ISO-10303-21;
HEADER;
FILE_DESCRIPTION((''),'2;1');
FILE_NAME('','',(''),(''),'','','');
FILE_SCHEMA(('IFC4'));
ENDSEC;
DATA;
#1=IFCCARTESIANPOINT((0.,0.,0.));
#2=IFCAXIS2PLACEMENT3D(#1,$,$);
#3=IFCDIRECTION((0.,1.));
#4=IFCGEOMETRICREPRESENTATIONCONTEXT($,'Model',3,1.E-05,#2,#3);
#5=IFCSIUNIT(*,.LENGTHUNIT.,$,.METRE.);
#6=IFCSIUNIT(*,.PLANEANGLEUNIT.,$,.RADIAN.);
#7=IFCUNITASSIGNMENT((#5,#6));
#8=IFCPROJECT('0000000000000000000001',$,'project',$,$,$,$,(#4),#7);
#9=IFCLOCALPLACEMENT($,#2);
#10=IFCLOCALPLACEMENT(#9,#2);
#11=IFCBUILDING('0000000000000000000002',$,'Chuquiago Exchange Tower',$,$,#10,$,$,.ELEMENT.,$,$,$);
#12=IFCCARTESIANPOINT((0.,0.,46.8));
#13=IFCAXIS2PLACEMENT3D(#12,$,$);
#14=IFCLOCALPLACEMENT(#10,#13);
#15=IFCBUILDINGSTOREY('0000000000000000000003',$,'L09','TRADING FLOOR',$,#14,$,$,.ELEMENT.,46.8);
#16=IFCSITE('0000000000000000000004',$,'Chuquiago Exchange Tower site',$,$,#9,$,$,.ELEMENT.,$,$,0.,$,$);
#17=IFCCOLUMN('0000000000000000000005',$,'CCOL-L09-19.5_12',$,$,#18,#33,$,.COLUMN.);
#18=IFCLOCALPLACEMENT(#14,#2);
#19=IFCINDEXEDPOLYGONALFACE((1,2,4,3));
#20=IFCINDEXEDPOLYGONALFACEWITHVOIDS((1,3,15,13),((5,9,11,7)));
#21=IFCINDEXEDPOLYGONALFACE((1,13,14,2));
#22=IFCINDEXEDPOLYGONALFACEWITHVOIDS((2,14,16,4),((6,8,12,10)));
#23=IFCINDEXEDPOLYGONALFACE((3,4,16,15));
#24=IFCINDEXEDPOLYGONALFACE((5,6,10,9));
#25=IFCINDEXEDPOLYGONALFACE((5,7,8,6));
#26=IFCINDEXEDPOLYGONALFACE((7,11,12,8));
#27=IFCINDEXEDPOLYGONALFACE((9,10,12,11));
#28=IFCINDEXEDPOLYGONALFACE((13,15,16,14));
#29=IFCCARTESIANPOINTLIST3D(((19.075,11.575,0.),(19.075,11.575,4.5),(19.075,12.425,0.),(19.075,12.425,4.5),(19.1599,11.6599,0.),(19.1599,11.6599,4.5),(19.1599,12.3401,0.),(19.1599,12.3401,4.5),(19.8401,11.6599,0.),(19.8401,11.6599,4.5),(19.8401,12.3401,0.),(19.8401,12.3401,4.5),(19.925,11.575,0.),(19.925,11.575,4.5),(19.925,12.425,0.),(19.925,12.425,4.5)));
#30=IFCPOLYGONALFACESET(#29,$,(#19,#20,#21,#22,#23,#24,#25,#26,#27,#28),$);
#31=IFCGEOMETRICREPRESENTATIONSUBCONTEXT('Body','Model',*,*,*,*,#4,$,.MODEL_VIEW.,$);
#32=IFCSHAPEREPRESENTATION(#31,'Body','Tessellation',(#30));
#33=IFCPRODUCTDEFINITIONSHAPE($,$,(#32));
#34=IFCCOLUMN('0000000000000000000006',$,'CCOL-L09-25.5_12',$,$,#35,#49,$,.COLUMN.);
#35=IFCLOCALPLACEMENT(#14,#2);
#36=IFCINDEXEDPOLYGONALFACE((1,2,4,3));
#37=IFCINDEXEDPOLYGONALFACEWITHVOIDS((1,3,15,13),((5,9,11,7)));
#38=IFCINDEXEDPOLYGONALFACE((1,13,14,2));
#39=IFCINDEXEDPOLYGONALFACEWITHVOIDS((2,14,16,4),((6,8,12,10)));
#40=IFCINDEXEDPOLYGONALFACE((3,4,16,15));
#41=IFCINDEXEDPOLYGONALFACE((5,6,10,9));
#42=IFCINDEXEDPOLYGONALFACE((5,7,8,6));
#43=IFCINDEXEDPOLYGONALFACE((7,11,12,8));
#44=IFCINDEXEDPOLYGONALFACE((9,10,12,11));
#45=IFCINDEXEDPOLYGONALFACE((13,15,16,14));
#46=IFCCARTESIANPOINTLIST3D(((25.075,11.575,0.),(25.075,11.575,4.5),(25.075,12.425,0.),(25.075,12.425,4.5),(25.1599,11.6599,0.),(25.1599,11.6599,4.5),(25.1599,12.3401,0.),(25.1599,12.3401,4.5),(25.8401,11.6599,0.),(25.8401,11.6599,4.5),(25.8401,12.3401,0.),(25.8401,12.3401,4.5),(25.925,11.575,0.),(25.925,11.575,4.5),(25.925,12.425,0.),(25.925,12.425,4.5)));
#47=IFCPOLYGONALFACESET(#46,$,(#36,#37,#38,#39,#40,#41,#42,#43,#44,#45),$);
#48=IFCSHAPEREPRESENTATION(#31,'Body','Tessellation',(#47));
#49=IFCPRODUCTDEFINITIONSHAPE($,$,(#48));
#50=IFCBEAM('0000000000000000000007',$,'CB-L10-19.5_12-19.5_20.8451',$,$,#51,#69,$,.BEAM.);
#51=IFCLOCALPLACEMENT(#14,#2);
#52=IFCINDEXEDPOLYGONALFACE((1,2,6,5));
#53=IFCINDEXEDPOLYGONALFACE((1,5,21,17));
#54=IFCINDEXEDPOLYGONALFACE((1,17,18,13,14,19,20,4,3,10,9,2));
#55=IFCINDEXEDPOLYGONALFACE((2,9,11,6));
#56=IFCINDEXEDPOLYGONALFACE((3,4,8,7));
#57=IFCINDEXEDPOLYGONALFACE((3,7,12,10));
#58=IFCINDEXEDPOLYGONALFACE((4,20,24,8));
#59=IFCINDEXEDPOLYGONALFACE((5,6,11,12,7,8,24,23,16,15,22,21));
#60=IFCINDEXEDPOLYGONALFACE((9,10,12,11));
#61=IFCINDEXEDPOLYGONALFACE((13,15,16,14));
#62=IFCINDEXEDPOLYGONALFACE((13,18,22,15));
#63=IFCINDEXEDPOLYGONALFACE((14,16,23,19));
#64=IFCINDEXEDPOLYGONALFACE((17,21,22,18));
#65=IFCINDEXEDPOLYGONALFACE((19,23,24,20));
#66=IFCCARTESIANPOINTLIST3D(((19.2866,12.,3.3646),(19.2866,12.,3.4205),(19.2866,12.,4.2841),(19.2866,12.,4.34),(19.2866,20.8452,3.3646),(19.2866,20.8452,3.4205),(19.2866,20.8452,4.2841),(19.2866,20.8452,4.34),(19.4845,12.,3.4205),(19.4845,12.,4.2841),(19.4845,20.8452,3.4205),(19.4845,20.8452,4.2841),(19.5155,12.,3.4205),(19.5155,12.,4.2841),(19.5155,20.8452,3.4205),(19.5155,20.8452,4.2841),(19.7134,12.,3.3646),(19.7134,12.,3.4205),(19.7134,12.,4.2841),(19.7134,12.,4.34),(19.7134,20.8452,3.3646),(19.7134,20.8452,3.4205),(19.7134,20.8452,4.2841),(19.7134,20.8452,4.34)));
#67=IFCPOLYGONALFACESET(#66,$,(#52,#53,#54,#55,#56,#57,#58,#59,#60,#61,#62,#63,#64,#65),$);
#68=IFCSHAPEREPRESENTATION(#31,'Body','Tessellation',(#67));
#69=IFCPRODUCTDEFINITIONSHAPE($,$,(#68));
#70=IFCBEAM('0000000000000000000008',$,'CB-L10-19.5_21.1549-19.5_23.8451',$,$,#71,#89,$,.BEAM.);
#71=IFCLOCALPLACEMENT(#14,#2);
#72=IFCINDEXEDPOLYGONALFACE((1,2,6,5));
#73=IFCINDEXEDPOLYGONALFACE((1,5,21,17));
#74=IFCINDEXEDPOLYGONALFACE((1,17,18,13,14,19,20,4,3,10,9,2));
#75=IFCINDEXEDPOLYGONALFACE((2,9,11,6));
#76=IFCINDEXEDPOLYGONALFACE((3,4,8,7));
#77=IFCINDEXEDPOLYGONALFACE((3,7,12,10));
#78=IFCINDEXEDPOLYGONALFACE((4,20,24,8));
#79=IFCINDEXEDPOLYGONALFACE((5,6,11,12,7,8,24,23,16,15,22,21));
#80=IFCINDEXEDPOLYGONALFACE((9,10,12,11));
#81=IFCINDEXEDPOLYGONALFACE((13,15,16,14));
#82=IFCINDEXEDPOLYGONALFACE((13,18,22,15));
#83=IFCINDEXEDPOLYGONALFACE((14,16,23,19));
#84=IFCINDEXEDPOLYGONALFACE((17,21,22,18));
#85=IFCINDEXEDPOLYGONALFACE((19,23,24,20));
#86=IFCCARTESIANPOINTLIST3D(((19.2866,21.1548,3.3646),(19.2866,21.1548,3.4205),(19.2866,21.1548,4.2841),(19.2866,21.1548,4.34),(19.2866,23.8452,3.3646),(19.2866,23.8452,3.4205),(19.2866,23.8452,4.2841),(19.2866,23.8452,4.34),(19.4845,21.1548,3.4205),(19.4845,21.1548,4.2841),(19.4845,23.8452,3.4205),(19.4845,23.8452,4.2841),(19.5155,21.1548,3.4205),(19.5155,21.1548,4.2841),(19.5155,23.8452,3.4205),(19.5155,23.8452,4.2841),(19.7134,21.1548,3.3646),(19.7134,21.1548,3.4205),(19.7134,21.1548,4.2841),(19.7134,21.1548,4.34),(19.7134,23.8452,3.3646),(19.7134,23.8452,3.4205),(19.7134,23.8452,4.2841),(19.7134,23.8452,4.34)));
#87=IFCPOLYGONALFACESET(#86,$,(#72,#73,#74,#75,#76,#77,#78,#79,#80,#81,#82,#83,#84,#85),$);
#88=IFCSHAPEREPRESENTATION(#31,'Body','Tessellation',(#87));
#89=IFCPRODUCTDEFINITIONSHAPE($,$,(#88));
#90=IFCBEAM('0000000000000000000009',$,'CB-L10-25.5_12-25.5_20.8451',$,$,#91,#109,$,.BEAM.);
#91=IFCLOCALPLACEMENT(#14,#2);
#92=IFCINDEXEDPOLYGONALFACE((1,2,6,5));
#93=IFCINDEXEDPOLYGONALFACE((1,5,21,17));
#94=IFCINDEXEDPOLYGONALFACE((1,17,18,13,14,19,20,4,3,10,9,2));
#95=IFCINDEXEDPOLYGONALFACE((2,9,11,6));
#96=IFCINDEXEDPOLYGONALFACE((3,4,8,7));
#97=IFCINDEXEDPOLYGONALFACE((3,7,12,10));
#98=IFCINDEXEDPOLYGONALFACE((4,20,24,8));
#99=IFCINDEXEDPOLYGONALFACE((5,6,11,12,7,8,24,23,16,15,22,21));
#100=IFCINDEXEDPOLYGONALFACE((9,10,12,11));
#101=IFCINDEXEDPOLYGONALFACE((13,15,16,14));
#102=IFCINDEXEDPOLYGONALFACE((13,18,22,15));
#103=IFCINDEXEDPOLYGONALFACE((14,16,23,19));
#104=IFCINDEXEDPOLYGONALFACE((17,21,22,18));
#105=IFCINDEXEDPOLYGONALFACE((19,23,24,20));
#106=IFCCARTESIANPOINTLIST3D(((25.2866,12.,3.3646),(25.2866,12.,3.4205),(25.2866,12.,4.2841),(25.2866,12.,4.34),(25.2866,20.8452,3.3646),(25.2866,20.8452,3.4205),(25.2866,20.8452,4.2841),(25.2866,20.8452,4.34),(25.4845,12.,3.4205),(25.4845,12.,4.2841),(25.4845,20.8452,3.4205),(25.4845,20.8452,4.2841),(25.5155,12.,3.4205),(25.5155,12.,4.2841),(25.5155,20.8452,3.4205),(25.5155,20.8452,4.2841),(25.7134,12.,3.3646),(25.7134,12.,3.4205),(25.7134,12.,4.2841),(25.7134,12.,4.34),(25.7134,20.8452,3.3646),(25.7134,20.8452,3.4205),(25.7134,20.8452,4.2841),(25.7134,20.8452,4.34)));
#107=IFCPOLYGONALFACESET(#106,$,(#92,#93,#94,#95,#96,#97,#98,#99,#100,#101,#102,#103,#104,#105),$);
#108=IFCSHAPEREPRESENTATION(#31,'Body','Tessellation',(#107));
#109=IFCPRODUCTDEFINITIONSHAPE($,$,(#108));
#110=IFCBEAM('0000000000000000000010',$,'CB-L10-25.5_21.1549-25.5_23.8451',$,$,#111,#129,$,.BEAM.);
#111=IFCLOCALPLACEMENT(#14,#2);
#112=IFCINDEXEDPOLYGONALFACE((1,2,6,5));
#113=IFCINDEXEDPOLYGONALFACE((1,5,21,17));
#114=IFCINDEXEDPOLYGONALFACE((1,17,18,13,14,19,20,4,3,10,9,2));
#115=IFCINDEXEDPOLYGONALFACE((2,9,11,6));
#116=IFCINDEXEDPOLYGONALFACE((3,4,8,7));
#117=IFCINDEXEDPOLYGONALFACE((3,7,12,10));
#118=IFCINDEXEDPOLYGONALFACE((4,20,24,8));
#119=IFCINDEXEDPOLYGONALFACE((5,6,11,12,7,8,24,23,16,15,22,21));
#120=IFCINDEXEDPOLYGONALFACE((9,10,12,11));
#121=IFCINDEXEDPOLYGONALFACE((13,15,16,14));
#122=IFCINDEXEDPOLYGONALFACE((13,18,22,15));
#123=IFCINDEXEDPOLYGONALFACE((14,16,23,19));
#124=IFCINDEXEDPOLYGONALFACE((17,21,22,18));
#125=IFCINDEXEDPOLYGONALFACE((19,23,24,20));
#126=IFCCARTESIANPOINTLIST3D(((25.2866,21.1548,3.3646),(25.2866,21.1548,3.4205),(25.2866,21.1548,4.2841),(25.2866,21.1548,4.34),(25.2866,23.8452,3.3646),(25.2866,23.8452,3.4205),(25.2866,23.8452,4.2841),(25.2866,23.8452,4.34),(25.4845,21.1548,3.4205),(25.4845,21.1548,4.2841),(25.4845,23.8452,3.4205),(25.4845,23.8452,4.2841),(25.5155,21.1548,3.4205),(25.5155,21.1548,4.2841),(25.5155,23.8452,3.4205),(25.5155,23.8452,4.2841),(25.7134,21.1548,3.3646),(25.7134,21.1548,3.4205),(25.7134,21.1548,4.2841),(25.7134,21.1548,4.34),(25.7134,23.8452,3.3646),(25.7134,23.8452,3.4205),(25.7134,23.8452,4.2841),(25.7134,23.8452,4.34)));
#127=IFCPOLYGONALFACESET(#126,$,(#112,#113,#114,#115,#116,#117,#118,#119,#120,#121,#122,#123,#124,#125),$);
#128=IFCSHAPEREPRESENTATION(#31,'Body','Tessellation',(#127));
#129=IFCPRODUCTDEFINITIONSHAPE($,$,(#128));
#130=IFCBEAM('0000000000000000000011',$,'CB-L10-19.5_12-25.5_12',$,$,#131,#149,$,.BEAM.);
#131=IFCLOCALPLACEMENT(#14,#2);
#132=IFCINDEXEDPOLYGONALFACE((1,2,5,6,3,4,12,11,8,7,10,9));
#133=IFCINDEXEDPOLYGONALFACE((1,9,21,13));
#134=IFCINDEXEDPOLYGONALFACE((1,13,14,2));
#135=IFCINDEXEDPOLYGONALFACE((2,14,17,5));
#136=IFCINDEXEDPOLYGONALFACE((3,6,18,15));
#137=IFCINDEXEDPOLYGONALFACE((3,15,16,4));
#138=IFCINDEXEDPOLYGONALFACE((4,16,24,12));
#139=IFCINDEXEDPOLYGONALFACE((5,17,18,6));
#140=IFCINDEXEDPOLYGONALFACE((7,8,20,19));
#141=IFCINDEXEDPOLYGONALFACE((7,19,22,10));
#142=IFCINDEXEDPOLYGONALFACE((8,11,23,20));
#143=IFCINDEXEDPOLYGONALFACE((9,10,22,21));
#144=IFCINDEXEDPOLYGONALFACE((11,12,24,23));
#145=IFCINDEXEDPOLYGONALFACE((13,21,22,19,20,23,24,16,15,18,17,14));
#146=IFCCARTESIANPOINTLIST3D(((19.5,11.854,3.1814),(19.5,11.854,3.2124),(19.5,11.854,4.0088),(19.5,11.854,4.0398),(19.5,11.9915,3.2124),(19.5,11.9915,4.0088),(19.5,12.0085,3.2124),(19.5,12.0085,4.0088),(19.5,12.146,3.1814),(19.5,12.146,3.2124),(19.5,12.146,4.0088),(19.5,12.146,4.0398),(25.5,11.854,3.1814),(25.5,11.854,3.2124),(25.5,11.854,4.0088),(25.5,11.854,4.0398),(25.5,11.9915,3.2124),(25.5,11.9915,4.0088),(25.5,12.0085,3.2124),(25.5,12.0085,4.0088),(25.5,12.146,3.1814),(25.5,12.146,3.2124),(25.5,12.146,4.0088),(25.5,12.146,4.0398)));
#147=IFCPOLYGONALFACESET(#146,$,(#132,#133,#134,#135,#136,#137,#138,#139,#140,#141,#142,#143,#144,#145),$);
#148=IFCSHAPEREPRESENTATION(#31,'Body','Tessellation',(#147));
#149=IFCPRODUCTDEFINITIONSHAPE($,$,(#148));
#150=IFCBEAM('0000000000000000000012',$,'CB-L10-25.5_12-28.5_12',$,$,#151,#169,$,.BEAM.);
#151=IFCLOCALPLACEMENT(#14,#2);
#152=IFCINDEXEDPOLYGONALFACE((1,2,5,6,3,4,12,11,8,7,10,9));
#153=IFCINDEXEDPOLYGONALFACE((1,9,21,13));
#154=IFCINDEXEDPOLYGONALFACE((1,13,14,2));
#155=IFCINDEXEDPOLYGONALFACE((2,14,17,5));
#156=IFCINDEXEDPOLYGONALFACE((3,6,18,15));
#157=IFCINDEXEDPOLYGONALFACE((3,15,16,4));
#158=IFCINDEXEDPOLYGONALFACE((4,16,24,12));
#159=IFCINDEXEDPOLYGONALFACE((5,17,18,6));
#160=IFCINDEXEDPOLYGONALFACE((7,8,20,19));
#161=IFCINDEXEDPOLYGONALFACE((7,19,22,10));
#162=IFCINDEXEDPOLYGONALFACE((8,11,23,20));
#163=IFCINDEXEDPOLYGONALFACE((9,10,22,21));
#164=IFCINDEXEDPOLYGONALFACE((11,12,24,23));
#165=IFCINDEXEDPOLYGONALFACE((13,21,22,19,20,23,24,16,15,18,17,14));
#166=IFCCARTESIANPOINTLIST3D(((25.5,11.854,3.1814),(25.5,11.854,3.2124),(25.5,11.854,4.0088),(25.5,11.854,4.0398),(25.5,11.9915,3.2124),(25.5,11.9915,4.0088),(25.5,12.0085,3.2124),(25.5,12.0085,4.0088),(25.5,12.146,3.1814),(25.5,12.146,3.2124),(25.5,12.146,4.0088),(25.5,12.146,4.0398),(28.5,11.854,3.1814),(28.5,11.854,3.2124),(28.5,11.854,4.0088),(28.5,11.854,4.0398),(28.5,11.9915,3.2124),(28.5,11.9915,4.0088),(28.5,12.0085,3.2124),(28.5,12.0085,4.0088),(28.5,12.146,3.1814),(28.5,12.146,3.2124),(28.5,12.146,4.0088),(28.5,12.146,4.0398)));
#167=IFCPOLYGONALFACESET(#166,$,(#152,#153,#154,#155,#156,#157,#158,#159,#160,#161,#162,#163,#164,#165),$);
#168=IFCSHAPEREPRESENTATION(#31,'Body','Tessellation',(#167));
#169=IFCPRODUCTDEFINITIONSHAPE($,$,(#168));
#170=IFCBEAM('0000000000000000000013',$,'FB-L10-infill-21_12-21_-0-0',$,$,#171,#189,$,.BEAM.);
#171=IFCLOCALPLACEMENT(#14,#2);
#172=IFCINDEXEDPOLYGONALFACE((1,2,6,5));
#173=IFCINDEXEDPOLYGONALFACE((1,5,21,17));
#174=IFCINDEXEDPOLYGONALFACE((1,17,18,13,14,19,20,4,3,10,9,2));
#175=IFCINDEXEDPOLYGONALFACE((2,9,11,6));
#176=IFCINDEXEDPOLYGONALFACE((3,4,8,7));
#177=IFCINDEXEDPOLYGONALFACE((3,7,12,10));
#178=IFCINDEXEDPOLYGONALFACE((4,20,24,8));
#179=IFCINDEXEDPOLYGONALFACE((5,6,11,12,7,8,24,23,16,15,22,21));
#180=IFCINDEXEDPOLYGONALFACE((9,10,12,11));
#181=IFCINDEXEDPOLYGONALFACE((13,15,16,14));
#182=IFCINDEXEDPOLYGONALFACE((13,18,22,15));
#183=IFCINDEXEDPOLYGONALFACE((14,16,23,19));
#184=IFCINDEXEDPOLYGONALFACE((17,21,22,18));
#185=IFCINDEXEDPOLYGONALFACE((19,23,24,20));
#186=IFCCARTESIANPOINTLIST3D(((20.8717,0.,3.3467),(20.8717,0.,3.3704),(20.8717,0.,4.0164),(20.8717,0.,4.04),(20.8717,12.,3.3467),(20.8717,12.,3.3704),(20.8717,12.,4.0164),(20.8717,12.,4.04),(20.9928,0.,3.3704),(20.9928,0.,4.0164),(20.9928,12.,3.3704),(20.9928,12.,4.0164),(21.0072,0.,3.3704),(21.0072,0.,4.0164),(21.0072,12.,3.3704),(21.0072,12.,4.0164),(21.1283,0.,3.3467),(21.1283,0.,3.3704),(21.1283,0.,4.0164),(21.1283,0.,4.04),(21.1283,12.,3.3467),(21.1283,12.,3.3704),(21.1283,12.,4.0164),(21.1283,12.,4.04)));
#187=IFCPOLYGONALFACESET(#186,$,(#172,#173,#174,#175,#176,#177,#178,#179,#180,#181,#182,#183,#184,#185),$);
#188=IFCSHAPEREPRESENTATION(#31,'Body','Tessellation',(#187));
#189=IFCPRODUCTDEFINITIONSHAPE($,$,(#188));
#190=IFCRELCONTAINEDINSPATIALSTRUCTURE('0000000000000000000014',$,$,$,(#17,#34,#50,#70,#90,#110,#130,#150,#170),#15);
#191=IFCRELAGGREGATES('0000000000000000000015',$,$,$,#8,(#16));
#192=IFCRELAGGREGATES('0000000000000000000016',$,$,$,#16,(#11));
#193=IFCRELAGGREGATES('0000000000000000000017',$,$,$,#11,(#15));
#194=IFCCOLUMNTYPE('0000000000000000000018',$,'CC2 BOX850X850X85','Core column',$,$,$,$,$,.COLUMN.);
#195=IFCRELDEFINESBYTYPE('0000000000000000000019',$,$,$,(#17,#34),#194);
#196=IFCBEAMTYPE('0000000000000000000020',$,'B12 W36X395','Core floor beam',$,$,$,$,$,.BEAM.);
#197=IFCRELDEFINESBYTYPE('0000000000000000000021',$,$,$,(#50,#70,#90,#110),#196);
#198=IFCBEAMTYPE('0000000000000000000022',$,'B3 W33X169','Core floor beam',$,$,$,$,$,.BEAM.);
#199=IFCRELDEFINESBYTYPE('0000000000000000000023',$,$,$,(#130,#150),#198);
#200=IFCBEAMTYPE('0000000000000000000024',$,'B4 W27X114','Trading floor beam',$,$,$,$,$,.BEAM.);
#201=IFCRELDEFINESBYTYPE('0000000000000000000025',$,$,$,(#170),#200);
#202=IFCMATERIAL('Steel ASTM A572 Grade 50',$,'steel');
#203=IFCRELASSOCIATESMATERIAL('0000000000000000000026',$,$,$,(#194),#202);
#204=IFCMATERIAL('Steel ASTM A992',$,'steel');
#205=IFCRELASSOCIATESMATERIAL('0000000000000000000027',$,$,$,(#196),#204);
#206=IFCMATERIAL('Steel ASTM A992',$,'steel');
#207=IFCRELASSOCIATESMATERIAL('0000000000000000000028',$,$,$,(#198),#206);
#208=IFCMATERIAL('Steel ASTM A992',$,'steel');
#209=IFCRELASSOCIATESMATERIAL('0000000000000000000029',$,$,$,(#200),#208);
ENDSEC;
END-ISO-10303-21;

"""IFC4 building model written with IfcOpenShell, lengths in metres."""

from ifc_helpers import new_model, si_unit, direction, frame, origin, origin_2d, place, context, subcontext, project, spatial, hollow_rectangle, i_section, extrude, material, material_profile, profile_set, type_object, element, save


model = new_model("IFC4")

# Units and contexts
model_context = context("Model", 3, precision=1e-05, world=origin(), true_north=direction((0.0, 1.0)))
body_context = subcontext(model_context, "Body", "Model", "MODEL_VIEW")
ifc_project = project(units=[si_unit("LENGTHUNIT", "METRE"), si_unit("PLANEANGLEUNIT", "RADIAN")], contexts=[model_context])

# Site, building, storey
site_placement = place(None, origin())
site = spatial("IfcSite", under=ifc_project, at=site_placement, Name="Chuquiago Exchange Tower site", CompositionType="ELEMENT", RefElevation=0.0)
building_placement = place(site_placement, origin())
building = spatial("IfcBuilding", under=site, at=building_placement, Name="Chuquiago Exchange Tower", CompositionType="ELEMENT")
storey_placement = place(building_placement, frame((0.0, 0.0, 46.8)))
storey = spatial("IfcBuildingStorey", under=building, at=storey_placement, Name="L09", Description="TRADING FLOOR", CompositionType="ELEMENT", Elevation=46.8)

# Columns
ifc_material_1 = material(Name="Steel ASTM A572 Grade 50", Category="steel")
ifc_material_profile_1 = material_profile(ifc_material_1, hollow_rectangle(XDim=0.8501, YDim=0.8501, WallThickness=0.085, at=origin_2d()), Name="BOX850X850X85")
ifc_profile_set_1 = profile_set([ifc_material_profile_1], Name="Steel ASTM A572 Grade 50")
column_type = type_object("IfcColumnType", Name="CC2 BOX850X850X85", Description="Core column", PredefinedType="COLUMN", material=ifc_profile_set_1)
for number, where, z_axis, x_axis, name in (
    (1, (19.5, 12.0, 0.0), (0.0, 0.0, 1.0), (1.0, 0.0, 0.0), "CCOL-L09-19.5_12"),
    (2, (25.5, 12.0, 0.0), (0.0, 0.0, 1.0), (1.0, 0.0, 0.0), "CCOL-L09-25.5_12"),
):
    element("IfcColumn", number, at=place(storey_placement, frame(where, z_axis=z_axis, x_axis=x_axis)), inside=storey, type_object=column_type, Name=name, PredefinedType="COLUMN", context=body_context, shape_type="SweptSolid", body=[
        extrude(hollow_rectangle(XDim=0.8501, YDim=0.8501, WallThickness=0.085, at=origin_2d()), origin(), (0.0, 0.0, 1.0), 4.5),
    ])

# Beams
ifc_material_2 = material(Name="Steel ASTM A992", Category="steel")
ifc_material_profile_2 = material_profile(ifc_material_2, i_section(OverallWidth=0.4268, OverallDepth=0.9753, WebThickness=0.031, FlangeThickness=0.0559, at=origin_2d()), Name="W36X395")
ifc_profile_set_2 = profile_set([ifc_material_profile_2], Name="Steel ASTM A992")
beam_type_1 = type_object("IfcBeamType", Name="B12 W36X395", Description="Core floor beam", PredefinedType="BEAM", material=ifc_profile_set_2)
beam_1_placement = place(storey_placement, frame((19.5, 12.0, 3.8523), z_axis=(0.0, 1.0, 0.0), x_axis=(-1.0, 0.0, 0.0)))
element("IfcBeam", 3, at=beam_1_placement, inside=storey, type_object=beam_type_1, Name="CB-L10-19.5_12-19.5_20.8451", PredefinedType="BEAM", context=body_context, shape_type="SweptSolid", body=[
    extrude(i_section(OverallWidth=0.4268, OverallDepth=0.9753, WebThickness=0.031, FlangeThickness=0.0559, at=origin_2d()), origin(), (0.0, 0.0, 1.0), 8.8452),
])
beam_2_placement = place(storey_placement, frame((19.5, 21.1548, 3.8523), z_axis=(0.0, 1.0, 0.0), x_axis=(-1.0, 0.0, 0.0)))
element("IfcBeam", 4, at=beam_2_placement, inside=storey, type_object=beam_type_1, Name="CB-L10-19.5_21.1549-19.5_23.8451", PredefinedType="BEAM", context=body_context, shape_type="SweptSolid", body=[
    extrude(i_section(OverallWidth=0.4268, OverallDepth=0.9753, WebThickness=0.031, FlangeThickness=0.0559, at=origin_2d()), origin(), (0.0, 0.0, 1.0), 2.6904),
])
beam_3_placement = place(storey_placement, frame((25.5, 12.0, 3.8523), z_axis=(0.0, 1.0, 0.0), x_axis=(-1.0, 0.0, 0.0)))
element("IfcBeam", 5, at=beam_3_placement, inside=storey, type_object=beam_type_1, Name="CB-L10-25.5_12-25.5_20.8451", PredefinedType="BEAM", context=body_context, shape_type="SweptSolid", body=[
    extrude(i_section(OverallWidth=0.4268, OverallDepth=0.9753, WebThickness=0.031, FlangeThickness=0.0559, at=origin_2d()), origin(), (0.0, 0.0, 1.0), 8.8452),
])
beam_4_placement = place(storey_placement, frame((25.5, 21.1548, 3.8523), z_axis=(0.0, 1.0, 0.0), x_axis=(-1.0, 0.0, 0.0)))
element("IfcBeam", 6, at=beam_4_placement, inside=storey, type_object=beam_type_1, Name="CB-L10-25.5_21.1549-25.5_23.8451", PredefinedType="BEAM", context=body_context, shape_type="SweptSolid", body=[
    extrude(i_section(OverallWidth=0.4268, OverallDepth=0.9753, WebThickness=0.031, FlangeThickness=0.0559, at=origin_2d()), origin(), (0.0, 0.0, 1.0), 2.6904),
])
ifc_material_3 = material(Name="Steel ASTM A992", Category="steel")
ifc_material_profile_3 = material_profile(ifc_material_3, i_section(OverallWidth=0.292, OverallDepth=0.8584, WebThickness=0.0171, FlangeThickness=0.031, at=origin_2d()), Name="W33X169")
ifc_profile_set_3 = profile_set([ifc_material_profile_3], Name="Steel ASTM A992")
beam_type_2 = type_object("IfcBeamType", Name="B3 W33X169", Description="Core floor beam", PredefinedType="BEAM", material=ifc_profile_set_3)
beam_5_placement = place(storey_placement, frame((19.5, 12.0, 3.6106), z_axis=(1.0, 0.0, 0.0), x_axis=(0.0, 1.0, 0.0)))
element("IfcBeam", 7, at=beam_5_placement, inside=storey, type_object=beam_type_2, Name="CB-L10-19.5_12-25.5_12", PredefinedType="BEAM", context=body_context, shape_type="SweptSolid", body=[
    extrude(i_section(OverallWidth=0.292, OverallDepth=0.8584, WebThickness=0.0171, FlangeThickness=0.031, at=origin_2d()), origin(), (0.0, 0.0, 1.0), 6.0),
])
beam_6_placement = place(storey_placement, frame((25.5, 12.0, 3.6106), z_axis=(1.0, 0.0, 0.0), x_axis=(0.0, 1.0, 0.0)))
element("IfcBeam", 8, at=beam_6_placement, inside=storey, type_object=beam_type_2, Name="CB-L10-25.5_12-28.5_12", PredefinedType="BEAM", context=body_context, shape_type="SweptSolid", body=[
    extrude(i_section(OverallWidth=0.292, OverallDepth=0.8584, WebThickness=0.0171, FlangeThickness=0.031, at=origin_2d()), origin(), (0.0, 0.0, 1.0), 3.0),
])
ifc_material_4 = material(Name="Steel ASTM A992", Category="steel")
ifc_material_profile_4 = material_profile(ifc_material_4, i_section(OverallWidth=0.2566, OverallDepth=0.6934, WebThickness=0.0144, FlangeThickness=0.0237, at=origin_2d()), Name="W27X114")
ifc_profile_set_4 = profile_set([ifc_material_profile_4], Name="Steel ASTM A992")
beam_type_3 = type_object("IfcBeamType", Name="B4 W27X114", Description="Trading floor beam", PredefinedType="BEAM", material=ifc_profile_set_4)
for number, where, z_axis, x_axis, name in (
    (9, (21.0, 12.0, 3.6934), (0.0, -1.0, 0.0), (1.0, 0.0, 0.0), "FB-L10-infill-21_12-21_-0-0"),
):
    element("IfcBeam", number, at=place(storey_placement, frame(where, z_axis=z_axis, x_axis=x_axis)), inside=storey, type_object=beam_type_3, Name=name, PredefinedType="BEAM", context=body_context, shape_type="SweptSolid", body=[
        extrude(i_section(OverallWidth=0.2566, OverallDepth=0.6934, WebThickness=0.0144, FlangeThickness=0.0237, at=origin_2d()), origin(), (0.0, 0.0, 1.0), 12.0),
    ])

save(model, "model.ifc")
